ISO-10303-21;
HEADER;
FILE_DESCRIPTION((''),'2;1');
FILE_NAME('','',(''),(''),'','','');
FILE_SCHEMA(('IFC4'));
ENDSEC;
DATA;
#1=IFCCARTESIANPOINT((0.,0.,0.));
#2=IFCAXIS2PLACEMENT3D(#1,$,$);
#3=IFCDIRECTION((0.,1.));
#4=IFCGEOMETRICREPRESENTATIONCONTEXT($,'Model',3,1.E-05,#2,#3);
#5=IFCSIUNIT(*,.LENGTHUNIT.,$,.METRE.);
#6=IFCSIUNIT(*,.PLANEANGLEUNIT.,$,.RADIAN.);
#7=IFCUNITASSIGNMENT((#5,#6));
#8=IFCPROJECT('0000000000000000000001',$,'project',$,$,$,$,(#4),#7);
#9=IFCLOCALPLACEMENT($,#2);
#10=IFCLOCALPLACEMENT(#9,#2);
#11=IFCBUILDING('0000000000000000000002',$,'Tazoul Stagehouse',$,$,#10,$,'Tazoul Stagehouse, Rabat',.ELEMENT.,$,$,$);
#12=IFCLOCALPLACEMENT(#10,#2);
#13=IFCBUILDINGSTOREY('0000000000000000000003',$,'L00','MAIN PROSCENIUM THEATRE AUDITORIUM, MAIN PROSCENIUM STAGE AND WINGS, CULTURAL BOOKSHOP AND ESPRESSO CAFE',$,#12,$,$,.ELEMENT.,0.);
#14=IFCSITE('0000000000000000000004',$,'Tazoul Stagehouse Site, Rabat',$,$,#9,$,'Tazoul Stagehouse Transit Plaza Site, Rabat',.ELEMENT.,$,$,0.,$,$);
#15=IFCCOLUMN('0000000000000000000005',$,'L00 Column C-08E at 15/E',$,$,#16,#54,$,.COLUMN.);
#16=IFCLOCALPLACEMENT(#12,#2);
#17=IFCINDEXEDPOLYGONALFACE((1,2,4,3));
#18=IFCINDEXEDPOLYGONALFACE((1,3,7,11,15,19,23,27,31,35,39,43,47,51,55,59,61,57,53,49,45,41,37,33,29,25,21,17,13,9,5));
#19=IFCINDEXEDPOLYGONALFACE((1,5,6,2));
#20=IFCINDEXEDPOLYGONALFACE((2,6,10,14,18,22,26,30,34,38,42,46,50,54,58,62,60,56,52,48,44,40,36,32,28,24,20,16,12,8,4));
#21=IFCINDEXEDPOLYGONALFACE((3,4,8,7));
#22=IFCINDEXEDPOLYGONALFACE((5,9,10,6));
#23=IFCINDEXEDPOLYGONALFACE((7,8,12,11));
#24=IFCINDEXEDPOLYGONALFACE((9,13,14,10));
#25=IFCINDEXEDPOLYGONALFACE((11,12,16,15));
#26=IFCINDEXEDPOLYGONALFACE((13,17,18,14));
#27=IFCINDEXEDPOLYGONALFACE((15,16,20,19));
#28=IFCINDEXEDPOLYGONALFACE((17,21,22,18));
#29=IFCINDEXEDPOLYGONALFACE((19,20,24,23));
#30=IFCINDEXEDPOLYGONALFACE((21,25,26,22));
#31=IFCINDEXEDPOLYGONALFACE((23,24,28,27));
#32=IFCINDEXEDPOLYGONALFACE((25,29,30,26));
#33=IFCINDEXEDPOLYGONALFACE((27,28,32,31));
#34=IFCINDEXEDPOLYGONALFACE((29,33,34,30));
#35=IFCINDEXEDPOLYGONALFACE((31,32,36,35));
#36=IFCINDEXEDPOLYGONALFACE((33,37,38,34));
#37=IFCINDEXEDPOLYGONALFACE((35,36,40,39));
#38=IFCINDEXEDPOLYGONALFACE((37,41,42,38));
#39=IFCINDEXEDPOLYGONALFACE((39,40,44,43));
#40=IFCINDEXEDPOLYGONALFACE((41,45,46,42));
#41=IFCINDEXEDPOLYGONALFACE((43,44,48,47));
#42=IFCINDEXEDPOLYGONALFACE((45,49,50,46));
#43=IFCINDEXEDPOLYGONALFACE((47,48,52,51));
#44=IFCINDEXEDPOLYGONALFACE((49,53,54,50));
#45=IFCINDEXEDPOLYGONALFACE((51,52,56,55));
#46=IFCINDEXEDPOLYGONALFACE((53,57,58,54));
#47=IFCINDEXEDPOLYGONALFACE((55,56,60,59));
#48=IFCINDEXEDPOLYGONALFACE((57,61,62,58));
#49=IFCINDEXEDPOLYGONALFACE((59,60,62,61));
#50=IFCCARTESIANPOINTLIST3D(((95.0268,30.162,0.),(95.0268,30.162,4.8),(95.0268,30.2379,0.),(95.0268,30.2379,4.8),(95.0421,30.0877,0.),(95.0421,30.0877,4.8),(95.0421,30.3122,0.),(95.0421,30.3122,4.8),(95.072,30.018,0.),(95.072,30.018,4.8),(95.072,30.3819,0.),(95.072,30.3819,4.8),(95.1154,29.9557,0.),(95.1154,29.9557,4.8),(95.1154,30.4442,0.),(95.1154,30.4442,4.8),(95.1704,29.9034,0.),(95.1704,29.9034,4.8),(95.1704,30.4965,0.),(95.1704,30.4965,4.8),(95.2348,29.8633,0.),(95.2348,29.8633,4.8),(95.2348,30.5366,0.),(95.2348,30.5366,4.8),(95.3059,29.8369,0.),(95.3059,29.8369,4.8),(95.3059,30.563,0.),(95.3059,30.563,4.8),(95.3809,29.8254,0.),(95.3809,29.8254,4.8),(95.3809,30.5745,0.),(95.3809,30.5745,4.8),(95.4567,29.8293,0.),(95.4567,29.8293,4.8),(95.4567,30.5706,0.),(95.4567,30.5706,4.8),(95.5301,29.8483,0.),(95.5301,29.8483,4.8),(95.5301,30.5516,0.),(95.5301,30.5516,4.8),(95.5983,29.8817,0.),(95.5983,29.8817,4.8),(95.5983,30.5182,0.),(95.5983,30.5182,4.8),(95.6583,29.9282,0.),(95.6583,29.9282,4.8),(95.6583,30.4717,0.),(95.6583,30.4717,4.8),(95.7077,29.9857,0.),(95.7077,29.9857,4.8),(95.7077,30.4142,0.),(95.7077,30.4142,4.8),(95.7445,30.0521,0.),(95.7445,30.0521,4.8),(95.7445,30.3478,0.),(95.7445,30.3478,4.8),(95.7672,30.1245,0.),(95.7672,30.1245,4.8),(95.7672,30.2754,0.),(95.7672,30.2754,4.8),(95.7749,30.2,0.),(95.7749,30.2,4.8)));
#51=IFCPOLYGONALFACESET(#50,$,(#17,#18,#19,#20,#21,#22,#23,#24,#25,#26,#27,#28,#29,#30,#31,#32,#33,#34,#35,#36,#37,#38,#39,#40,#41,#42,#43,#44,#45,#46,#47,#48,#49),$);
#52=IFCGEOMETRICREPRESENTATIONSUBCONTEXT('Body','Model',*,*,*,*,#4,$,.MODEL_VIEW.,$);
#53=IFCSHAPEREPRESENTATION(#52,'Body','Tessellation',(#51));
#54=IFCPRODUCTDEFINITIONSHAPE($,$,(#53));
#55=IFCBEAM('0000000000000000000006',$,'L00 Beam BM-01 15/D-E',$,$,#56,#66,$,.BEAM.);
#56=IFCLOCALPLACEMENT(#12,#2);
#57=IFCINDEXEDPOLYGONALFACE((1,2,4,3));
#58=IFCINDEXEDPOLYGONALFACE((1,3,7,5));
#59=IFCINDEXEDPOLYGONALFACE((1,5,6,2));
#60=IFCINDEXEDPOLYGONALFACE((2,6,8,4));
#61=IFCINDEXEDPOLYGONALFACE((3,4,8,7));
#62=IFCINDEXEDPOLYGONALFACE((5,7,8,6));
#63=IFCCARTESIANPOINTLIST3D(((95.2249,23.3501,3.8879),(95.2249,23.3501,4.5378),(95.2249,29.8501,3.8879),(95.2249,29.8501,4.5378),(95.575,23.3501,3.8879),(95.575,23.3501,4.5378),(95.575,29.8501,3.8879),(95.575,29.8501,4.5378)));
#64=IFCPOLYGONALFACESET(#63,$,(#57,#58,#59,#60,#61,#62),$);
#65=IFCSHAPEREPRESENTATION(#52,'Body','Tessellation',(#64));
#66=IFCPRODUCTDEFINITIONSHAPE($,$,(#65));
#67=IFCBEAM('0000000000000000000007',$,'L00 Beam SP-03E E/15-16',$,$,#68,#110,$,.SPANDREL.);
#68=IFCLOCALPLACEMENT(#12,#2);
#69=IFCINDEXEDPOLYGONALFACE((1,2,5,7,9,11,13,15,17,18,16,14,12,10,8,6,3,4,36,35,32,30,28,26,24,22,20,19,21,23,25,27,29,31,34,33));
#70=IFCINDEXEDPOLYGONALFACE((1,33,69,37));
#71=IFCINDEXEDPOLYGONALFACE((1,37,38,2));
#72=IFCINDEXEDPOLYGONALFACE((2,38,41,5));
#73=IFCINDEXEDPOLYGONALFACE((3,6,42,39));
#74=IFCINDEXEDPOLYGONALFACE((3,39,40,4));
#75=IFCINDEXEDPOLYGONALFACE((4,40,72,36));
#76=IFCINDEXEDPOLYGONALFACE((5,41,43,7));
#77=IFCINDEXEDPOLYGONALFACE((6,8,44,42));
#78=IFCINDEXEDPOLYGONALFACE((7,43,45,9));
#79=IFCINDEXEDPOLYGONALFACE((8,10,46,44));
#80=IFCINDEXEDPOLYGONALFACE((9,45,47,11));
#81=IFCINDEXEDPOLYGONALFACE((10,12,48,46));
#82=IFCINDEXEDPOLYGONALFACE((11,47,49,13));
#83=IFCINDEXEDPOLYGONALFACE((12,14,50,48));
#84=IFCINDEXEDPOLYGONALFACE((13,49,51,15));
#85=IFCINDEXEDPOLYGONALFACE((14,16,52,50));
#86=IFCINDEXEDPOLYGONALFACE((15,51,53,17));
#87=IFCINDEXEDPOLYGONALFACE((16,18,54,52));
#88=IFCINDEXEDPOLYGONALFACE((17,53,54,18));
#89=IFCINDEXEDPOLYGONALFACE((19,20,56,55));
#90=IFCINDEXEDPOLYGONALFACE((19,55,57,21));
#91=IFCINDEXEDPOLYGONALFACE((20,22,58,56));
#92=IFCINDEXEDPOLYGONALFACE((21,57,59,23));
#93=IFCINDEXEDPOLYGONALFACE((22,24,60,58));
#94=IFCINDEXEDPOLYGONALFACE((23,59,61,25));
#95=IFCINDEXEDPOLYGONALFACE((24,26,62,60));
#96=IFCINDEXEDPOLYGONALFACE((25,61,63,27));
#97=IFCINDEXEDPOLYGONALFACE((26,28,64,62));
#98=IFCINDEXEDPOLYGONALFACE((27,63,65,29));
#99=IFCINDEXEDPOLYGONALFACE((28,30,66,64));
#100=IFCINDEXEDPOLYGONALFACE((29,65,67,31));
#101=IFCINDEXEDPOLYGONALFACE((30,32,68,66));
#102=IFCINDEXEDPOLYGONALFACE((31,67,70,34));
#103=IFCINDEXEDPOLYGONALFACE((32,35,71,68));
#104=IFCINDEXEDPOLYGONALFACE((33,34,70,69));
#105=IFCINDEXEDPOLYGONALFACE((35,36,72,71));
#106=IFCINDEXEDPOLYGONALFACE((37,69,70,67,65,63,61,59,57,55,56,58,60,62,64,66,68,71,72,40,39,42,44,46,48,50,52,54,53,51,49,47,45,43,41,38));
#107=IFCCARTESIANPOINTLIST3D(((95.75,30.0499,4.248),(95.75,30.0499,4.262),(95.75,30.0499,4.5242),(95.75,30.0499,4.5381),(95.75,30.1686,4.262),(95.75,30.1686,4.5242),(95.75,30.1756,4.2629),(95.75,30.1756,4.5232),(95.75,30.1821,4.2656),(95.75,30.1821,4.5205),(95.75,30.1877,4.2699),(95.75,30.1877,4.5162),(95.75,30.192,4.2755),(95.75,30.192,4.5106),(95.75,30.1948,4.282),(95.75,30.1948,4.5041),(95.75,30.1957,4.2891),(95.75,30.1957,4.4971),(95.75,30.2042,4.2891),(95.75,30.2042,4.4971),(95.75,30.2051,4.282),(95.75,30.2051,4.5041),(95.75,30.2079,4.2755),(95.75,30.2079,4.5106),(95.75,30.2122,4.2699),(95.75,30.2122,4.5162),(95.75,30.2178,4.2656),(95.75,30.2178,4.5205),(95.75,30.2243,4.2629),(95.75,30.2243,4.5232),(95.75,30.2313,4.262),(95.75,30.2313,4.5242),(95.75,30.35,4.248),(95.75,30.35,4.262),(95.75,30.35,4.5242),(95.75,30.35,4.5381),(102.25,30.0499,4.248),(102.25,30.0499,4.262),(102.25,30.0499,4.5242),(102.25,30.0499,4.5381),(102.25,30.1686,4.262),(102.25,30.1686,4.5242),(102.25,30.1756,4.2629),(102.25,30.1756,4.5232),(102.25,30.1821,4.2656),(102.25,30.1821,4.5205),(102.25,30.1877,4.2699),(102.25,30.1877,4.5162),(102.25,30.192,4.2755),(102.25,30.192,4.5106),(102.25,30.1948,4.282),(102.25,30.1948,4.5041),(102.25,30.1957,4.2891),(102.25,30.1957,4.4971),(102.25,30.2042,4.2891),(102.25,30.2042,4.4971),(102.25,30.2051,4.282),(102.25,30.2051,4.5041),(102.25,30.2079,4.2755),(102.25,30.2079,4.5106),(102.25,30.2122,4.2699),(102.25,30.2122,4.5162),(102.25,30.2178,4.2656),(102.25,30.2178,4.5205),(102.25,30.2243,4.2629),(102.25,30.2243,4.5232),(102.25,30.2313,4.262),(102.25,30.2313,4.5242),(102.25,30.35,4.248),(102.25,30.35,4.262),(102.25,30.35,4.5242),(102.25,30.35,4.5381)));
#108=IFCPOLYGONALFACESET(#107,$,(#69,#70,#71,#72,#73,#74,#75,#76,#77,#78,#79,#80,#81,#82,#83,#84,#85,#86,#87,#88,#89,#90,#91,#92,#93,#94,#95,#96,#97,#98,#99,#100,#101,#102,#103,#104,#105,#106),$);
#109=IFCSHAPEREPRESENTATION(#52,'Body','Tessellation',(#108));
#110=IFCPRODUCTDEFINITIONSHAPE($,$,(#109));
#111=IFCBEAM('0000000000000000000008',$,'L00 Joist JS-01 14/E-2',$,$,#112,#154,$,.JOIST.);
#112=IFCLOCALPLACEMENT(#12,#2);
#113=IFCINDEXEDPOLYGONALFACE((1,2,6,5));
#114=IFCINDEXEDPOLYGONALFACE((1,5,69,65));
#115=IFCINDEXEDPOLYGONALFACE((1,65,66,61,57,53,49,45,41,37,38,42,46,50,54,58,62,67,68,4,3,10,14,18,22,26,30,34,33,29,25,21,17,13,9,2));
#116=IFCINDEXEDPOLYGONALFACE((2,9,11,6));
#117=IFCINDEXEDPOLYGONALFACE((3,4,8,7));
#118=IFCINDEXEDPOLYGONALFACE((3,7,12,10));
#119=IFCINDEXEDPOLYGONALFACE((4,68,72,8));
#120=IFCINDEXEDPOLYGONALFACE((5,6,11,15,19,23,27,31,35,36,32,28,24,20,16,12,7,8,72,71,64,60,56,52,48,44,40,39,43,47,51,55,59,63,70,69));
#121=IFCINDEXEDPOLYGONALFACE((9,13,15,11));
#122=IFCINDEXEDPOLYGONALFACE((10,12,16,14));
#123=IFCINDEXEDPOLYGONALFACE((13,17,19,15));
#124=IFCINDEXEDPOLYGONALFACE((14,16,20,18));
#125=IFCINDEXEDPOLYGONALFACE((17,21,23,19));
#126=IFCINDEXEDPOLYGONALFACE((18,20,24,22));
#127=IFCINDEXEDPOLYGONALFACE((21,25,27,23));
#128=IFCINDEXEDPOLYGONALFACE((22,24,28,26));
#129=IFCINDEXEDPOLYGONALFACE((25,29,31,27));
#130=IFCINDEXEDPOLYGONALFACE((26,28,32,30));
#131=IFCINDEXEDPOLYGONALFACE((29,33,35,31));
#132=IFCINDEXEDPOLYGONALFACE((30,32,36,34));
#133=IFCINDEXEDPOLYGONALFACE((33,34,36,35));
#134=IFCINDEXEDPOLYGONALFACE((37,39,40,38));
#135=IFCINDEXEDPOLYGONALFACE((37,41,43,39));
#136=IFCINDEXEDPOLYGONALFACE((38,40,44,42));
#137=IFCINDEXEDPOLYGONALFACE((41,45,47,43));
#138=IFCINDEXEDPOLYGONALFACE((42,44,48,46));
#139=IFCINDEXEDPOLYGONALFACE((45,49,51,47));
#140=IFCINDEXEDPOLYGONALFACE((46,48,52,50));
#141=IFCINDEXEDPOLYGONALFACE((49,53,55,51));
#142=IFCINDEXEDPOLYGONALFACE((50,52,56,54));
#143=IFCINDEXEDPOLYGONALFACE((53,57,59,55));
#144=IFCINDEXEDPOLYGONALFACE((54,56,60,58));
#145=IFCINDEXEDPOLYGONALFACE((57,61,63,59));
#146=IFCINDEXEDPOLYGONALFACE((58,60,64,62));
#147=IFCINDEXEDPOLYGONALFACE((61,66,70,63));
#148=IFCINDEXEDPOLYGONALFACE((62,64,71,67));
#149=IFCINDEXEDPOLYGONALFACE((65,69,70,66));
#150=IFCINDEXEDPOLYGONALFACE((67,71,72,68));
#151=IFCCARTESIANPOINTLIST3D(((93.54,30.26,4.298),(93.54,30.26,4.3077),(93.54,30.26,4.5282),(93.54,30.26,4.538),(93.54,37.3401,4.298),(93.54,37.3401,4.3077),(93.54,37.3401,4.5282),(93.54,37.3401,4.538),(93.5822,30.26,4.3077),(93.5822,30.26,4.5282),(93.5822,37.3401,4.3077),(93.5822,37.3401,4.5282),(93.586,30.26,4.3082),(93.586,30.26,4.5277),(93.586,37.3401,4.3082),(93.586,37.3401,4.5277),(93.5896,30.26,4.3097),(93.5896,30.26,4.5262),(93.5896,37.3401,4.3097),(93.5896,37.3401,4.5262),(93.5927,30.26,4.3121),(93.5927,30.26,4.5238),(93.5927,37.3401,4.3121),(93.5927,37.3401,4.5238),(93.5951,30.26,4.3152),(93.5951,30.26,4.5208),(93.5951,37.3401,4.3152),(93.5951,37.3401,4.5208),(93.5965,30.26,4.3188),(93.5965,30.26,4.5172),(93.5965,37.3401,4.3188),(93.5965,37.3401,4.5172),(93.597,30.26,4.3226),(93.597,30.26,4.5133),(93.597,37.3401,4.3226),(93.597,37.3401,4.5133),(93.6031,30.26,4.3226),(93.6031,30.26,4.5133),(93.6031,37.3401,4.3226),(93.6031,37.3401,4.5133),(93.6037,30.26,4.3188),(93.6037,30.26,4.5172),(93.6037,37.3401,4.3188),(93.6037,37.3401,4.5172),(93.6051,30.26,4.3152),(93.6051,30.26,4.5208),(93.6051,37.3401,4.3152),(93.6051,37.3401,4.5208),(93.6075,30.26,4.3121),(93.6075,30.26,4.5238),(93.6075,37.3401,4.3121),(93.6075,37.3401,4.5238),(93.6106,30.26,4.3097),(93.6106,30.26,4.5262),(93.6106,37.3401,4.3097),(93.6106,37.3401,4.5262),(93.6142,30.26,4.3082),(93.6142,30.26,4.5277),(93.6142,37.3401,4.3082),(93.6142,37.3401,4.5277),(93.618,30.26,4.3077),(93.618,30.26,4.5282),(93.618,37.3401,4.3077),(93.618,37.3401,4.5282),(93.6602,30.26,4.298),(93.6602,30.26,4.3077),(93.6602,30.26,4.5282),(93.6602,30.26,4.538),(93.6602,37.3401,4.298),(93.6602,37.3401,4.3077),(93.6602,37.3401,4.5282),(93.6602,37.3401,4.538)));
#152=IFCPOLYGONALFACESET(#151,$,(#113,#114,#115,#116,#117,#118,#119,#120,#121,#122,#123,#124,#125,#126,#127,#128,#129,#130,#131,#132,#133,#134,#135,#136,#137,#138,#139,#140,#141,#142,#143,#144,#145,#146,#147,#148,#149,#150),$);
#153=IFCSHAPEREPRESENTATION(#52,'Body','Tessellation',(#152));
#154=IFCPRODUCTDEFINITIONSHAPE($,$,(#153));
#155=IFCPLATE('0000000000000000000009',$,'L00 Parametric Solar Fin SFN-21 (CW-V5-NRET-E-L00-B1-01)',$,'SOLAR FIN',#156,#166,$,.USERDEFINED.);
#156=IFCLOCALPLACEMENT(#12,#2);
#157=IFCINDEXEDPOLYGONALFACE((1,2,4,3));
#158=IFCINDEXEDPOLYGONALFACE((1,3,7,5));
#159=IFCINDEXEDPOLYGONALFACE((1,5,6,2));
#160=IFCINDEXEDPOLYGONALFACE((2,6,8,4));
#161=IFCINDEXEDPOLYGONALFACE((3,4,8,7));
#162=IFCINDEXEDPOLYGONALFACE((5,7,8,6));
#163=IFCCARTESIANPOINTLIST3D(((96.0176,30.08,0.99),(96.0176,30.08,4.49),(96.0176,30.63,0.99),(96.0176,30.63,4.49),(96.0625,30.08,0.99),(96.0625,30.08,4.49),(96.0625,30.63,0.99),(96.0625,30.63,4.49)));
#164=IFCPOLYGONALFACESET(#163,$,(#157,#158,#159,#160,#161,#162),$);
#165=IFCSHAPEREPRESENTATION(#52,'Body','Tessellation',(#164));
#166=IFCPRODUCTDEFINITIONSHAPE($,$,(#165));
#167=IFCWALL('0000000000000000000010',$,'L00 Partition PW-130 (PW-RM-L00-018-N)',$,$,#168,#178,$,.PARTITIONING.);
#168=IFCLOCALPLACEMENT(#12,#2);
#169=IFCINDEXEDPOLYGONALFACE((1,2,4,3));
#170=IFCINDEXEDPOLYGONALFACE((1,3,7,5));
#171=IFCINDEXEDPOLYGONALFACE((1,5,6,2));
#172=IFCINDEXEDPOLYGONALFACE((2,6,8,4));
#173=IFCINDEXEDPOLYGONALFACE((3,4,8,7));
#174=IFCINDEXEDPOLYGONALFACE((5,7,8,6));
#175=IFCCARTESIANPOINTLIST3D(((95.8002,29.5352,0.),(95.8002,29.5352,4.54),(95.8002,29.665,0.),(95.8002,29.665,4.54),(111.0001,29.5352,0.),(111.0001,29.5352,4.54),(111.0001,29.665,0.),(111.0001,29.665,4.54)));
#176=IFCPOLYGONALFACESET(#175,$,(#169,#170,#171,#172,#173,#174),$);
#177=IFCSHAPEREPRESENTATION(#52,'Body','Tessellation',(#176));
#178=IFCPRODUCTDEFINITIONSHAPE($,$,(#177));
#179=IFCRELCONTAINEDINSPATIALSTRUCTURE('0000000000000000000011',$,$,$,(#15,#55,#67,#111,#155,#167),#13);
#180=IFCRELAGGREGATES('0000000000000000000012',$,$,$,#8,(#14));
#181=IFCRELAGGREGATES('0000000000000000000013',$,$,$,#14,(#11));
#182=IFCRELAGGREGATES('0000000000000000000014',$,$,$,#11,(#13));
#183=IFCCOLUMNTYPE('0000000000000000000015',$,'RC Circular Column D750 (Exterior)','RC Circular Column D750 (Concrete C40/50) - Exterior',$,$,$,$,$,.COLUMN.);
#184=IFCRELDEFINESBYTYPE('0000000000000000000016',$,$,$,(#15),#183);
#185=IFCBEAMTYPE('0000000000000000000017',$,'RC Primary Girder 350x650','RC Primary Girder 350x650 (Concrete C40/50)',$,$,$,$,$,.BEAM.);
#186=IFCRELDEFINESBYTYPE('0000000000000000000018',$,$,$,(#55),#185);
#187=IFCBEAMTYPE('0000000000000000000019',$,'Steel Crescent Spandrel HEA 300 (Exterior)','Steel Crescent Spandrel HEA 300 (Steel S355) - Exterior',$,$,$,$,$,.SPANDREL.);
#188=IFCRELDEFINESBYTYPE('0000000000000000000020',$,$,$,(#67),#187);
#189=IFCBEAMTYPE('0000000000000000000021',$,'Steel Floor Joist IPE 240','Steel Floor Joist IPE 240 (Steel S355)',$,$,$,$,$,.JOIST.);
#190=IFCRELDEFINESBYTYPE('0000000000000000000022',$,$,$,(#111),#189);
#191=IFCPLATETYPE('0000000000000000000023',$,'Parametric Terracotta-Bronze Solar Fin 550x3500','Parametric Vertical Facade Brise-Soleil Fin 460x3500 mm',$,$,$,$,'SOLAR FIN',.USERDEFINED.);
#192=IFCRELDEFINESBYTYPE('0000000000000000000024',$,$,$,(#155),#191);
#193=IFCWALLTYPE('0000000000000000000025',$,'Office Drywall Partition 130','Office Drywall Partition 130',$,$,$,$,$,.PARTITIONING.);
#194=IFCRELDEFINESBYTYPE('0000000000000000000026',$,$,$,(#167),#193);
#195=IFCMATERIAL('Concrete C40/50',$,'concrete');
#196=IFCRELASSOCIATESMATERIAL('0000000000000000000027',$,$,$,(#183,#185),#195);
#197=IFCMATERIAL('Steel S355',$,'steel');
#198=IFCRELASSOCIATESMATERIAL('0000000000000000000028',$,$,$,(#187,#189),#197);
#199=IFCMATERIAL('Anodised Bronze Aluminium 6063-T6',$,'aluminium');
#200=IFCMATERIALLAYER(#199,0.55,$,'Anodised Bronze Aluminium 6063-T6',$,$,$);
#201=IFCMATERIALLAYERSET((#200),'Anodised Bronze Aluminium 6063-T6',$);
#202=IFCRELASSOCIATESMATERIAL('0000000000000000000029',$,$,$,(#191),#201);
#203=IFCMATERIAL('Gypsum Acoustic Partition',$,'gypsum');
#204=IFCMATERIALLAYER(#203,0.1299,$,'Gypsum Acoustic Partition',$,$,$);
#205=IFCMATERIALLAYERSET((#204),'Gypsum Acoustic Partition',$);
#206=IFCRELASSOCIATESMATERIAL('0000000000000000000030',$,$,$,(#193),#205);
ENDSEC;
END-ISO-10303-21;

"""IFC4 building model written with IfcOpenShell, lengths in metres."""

from ifc_helpers import new_model, si_unit, direction, frame, frame_2d, origin, origin_2d, place, context, subcontext, project, spatial, rectangle, circle, i_section, extrude, material, layer, layer_set, material_profile, profile_set, type_object, element, save


model = new_model("IFC4")

# Units and contexts
model_context = context("Model", 3, precision=1e-05, world=origin(), true_north=direction((0.0, 1.0)))
body_context = subcontext(model_context, "Body", "Model", "MODEL_VIEW")
ifc_project = project(units=[si_unit("LENGTHUNIT", "METRE"), si_unit("PLANEANGLEUNIT", "RADIAN")], contexts=[model_context])

# Site, building, storey
site_placement = place(None, origin())
site = spatial("IfcSite", under=ifc_project, at=site_placement, Name="Tazoul Stagehouse Site, Rabat", LongName="Tazoul Stagehouse Transit Plaza Site, Rabat", CompositionType="ELEMENT", RefElevation=0.0)
building_placement = place(site_placement, origin())
building = spatial("IfcBuilding", under=site, at=building_placement, Name="Tazoul Stagehouse", LongName="Tazoul Stagehouse, Rabat", CompositionType="ELEMENT")
storey_placement = place(building_placement, origin())
storey = spatial("IfcBuildingStorey", under=building, at=storey_placement, Name="L00", Description="MAIN PROSCENIUM THEATRE AUDITORIUM, MAIN PROSCENIUM STAGE AND WINGS, CULTURAL BOOKSHOP AND ESPRESSO CAFE", CompositionType="ELEMENT", Elevation=0.0)

# Column
ifc_material_1 = material(Name="Concrete C40/50", Category="concrete")
ifc_material_profile_1 = material_profile(ifc_material_1, circle(Radius=0.375, at=origin_2d()), Name="RC D750")
ifc_profile_set_1 = profile_set([ifc_material_profile_1], Name="Concrete C40/50")
column_type = type_object("IfcColumnType", Name="RC Circular Column D750 (Exterior)", Description="RC Circular Column D750 (Concrete C40/50) - Exterior", PredefinedType="COLUMN", material=ifc_profile_set_1)
column_placement = place(storey_placement, frame((95.3999, 30.2, 0.0), z_axis=(0.0, 0.0, 1.0), x_axis=(1.0, 0.0, 0.0)))
element("IfcColumn", 1, at=column_placement, inside=storey, type_object=column_type, Name="L00 Column C-08E at 15/E", PredefinedType="COLUMN", context=body_context, shape_type="SweptSolid", body=[
    extrude(circle(Radius=0.375, at=origin_2d()), origin(), (0.0, 0.0, 1.0), 4.8),
])

# Shared definitions
ifc_material_2 = material(Name="Anodised Bronze Aluminium 6063-T6", Category="aluminium")

# Beams
ifc_material_profile_2 = material_profile(ifc_material_1, rectangle(XDim=0.3501, YDim=0.6499, at=origin_2d()), Name="RC 350x650")
ifc_profile_set_2 = profile_set([ifc_material_profile_2], Name="Concrete C40/50")
beam_type_1 = type_object("IfcBeamType", Name="RC Primary Girder 350x650", Description="RC Primary Girder 350x650 (Concrete C40/50)", PredefinedType="BEAM", material=ifc_profile_set_2)
beam_1_placement = place(storey_placement, frame((95.3999, 23.3501, 4.2129), z_axis=(0.0, 1.0, 0.0), x_axis=(-1.0, 0.0, 0.0)))
element("IfcBeam", 2, at=beam_1_placement, inside=storey, type_object=beam_type_1, Name="L00 Beam BM-01 15/D-E", PredefinedType="BEAM", context=body_context, shape_type="SweptSolid", body=[
    extrude(rectangle(XDim=0.3501, YDim=0.6499, at=origin_2d()), origin(), (0.0, 0.0, 1.0), 6.5),
])
ifc_material_3 = material(Name="Steel S355", Category="steel")
ifc_material_profile_3 = material_profile(ifc_material_3, i_section(OverallWidth=0.3, OverallDepth=0.29, WebThickness=0.0085, FlangeThickness=0.0139, FilletRadius=0.0271, at=origin_2d()), Name="HEA 300")
ifc_profile_set_3 = profile_set([ifc_material_profile_3], Name="Steel S355")
beam_type_2 = type_object("IfcBeamType", Name="Steel Crescent Spandrel HEA 300 (Exterior)", Description="Steel Crescent Spandrel HEA 300 (Steel S355) - Exterior", PredefinedType="SPANDREL", material=ifc_profile_set_3)
beam_2_placement = place(storey_placement, frame((95.75, 30.2, 4.3931), z_axis=(1.0, 0.0, 0.0), x_axis=(0.0, 1.0, 0.0)))
element("IfcBeam", 3, at=beam_2_placement, inside=storey, type_object=beam_type_2, Name="L00 Beam SP-03E E/15-16", PredefinedType="SPANDREL", context=body_context, shape_type="SweptSolid", body=[
    extrude(i_section(OverallWidth=0.3, OverallDepth=0.29, WebThickness=0.0085, FlangeThickness=0.0139, FilletRadius=0.0271, at=origin_2d()), origin(), (0.0, 0.0, 1.0), 6.5),
])
ifc_material_profile_4 = material_profile(ifc_material_3, i_section(OverallWidth=0.1201, OverallDepth=0.24, WebThickness=0.0061, FlangeThickness=0.0098, FilletRadius=0.0149, at=origin_2d()), Name="IPE 240")
ifc_profile_set_4 = profile_set([ifc_material_profile_4], Name="Steel S355")
beam_type_3 = type_object("IfcBeamType", Name="Steel Floor Joist IPE 240", Description="Steel Floor Joist IPE 240 (Steel S355)", PredefinedType="JOIST", material=ifc_profile_set_4)
beam_3_placement = place(storey_placement, frame((93.6001, 30.26, 4.418), z_axis=(0.0, 1.0, 0.0), x_axis=(-1.0, 0.0, 0.0)))
element("IfcBeam", 4, at=beam_3_placement, inside=storey, type_object=beam_type_3, Name="L00 Joist JS-01 14/E-2", PredefinedType="JOIST", context=body_context, shape_type="SweptSolid", body=[
    extrude(i_section(OverallWidth=0.1201, OverallDepth=0.24, WebThickness=0.0061, FlangeThickness=0.0098, FilletRadius=0.0149, at=origin_2d()), origin(), (0.0, 0.0, 1.0), 7.0801),
])

# Plate
ifc_layer_1 = layer(ifc_material_2, 0.55, Name="Anodised Bronze Aluminium 6063-T6")
ifc_layer_set_1 = layer_set([ifc_layer_1], Name="Anodised Bronze Aluminium 6063-T6")
plate_type_1 = type_object("IfcPlateType", Name="Parametric Terracotta-Bronze Solar Fin 550x3500", Description="Parametric Vertical Facade Brise-Soleil Fin 460x3500 mm", ElementType="SOLAR FIN", PredefinedType="USERDEFINED", material=ifc_layer_set_1)
plate_1_placement = place(storey_placement, frame((96.04, 30.355, 0.99), z_axis=(0.0, 0.0, 1.0), x_axis=(1.0, 0.0, 0.0)))
element("IfcPlate", 5, at=plate_1_placement, inside=storey, type_object=plate_type_1, Name="L00 Parametric Solar Fin SFN-21 (CW-V5-NRET-E-L00-B1-01)", ObjectType="SOLAR FIN", PredefinedType="USERDEFINED", context=body_context, shape_type="SweptSolid", body=[
    extrude(rectangle(XDim=0.0449, YDim=0.55, at=origin_2d()), origin(), (0.0, 0.0, 1.0), 3.5),
])

# Wall
ifc_material_4 = material(Name="Gypsum Acoustic Partition", Category="gypsum")
ifc_layer_2 = layer(ifc_material_4, 0.1299, Name="Gypsum Acoustic Partition")
ifc_layer_set_2 = layer_set([ifc_layer_2], Name="Gypsum Acoustic Partition")
wall_type = type_object("IfcWallType", Name="Office Drywall Partition 130", Description="Office Drywall Partition 130", PredefinedType="PARTITIONING", material=ifc_layer_set_2)
wall_placement = place(storey_placement, frame((95.8, 29.6001, 0.0), z_axis=(0.0, 0.0, 1.0), x_axis=(1.0, 0.0, 0.0)))
element("IfcWall", 6, at=wall_placement, inside=storey, type_object=wall_type, Name="L00 Partition PW-130 (PW-RM-L00-018-N)", PredefinedType="PARTITIONING", context=body_context, shape_type="SweptSolid", body=[
    extrude(rectangle(XDim=15.2, YDim=0.1299, at=frame_2d((7.6001, 0.0))), origin(), (0.0, 0.0, 1.0), 4.54),
])

save(model, "model.ifc")
